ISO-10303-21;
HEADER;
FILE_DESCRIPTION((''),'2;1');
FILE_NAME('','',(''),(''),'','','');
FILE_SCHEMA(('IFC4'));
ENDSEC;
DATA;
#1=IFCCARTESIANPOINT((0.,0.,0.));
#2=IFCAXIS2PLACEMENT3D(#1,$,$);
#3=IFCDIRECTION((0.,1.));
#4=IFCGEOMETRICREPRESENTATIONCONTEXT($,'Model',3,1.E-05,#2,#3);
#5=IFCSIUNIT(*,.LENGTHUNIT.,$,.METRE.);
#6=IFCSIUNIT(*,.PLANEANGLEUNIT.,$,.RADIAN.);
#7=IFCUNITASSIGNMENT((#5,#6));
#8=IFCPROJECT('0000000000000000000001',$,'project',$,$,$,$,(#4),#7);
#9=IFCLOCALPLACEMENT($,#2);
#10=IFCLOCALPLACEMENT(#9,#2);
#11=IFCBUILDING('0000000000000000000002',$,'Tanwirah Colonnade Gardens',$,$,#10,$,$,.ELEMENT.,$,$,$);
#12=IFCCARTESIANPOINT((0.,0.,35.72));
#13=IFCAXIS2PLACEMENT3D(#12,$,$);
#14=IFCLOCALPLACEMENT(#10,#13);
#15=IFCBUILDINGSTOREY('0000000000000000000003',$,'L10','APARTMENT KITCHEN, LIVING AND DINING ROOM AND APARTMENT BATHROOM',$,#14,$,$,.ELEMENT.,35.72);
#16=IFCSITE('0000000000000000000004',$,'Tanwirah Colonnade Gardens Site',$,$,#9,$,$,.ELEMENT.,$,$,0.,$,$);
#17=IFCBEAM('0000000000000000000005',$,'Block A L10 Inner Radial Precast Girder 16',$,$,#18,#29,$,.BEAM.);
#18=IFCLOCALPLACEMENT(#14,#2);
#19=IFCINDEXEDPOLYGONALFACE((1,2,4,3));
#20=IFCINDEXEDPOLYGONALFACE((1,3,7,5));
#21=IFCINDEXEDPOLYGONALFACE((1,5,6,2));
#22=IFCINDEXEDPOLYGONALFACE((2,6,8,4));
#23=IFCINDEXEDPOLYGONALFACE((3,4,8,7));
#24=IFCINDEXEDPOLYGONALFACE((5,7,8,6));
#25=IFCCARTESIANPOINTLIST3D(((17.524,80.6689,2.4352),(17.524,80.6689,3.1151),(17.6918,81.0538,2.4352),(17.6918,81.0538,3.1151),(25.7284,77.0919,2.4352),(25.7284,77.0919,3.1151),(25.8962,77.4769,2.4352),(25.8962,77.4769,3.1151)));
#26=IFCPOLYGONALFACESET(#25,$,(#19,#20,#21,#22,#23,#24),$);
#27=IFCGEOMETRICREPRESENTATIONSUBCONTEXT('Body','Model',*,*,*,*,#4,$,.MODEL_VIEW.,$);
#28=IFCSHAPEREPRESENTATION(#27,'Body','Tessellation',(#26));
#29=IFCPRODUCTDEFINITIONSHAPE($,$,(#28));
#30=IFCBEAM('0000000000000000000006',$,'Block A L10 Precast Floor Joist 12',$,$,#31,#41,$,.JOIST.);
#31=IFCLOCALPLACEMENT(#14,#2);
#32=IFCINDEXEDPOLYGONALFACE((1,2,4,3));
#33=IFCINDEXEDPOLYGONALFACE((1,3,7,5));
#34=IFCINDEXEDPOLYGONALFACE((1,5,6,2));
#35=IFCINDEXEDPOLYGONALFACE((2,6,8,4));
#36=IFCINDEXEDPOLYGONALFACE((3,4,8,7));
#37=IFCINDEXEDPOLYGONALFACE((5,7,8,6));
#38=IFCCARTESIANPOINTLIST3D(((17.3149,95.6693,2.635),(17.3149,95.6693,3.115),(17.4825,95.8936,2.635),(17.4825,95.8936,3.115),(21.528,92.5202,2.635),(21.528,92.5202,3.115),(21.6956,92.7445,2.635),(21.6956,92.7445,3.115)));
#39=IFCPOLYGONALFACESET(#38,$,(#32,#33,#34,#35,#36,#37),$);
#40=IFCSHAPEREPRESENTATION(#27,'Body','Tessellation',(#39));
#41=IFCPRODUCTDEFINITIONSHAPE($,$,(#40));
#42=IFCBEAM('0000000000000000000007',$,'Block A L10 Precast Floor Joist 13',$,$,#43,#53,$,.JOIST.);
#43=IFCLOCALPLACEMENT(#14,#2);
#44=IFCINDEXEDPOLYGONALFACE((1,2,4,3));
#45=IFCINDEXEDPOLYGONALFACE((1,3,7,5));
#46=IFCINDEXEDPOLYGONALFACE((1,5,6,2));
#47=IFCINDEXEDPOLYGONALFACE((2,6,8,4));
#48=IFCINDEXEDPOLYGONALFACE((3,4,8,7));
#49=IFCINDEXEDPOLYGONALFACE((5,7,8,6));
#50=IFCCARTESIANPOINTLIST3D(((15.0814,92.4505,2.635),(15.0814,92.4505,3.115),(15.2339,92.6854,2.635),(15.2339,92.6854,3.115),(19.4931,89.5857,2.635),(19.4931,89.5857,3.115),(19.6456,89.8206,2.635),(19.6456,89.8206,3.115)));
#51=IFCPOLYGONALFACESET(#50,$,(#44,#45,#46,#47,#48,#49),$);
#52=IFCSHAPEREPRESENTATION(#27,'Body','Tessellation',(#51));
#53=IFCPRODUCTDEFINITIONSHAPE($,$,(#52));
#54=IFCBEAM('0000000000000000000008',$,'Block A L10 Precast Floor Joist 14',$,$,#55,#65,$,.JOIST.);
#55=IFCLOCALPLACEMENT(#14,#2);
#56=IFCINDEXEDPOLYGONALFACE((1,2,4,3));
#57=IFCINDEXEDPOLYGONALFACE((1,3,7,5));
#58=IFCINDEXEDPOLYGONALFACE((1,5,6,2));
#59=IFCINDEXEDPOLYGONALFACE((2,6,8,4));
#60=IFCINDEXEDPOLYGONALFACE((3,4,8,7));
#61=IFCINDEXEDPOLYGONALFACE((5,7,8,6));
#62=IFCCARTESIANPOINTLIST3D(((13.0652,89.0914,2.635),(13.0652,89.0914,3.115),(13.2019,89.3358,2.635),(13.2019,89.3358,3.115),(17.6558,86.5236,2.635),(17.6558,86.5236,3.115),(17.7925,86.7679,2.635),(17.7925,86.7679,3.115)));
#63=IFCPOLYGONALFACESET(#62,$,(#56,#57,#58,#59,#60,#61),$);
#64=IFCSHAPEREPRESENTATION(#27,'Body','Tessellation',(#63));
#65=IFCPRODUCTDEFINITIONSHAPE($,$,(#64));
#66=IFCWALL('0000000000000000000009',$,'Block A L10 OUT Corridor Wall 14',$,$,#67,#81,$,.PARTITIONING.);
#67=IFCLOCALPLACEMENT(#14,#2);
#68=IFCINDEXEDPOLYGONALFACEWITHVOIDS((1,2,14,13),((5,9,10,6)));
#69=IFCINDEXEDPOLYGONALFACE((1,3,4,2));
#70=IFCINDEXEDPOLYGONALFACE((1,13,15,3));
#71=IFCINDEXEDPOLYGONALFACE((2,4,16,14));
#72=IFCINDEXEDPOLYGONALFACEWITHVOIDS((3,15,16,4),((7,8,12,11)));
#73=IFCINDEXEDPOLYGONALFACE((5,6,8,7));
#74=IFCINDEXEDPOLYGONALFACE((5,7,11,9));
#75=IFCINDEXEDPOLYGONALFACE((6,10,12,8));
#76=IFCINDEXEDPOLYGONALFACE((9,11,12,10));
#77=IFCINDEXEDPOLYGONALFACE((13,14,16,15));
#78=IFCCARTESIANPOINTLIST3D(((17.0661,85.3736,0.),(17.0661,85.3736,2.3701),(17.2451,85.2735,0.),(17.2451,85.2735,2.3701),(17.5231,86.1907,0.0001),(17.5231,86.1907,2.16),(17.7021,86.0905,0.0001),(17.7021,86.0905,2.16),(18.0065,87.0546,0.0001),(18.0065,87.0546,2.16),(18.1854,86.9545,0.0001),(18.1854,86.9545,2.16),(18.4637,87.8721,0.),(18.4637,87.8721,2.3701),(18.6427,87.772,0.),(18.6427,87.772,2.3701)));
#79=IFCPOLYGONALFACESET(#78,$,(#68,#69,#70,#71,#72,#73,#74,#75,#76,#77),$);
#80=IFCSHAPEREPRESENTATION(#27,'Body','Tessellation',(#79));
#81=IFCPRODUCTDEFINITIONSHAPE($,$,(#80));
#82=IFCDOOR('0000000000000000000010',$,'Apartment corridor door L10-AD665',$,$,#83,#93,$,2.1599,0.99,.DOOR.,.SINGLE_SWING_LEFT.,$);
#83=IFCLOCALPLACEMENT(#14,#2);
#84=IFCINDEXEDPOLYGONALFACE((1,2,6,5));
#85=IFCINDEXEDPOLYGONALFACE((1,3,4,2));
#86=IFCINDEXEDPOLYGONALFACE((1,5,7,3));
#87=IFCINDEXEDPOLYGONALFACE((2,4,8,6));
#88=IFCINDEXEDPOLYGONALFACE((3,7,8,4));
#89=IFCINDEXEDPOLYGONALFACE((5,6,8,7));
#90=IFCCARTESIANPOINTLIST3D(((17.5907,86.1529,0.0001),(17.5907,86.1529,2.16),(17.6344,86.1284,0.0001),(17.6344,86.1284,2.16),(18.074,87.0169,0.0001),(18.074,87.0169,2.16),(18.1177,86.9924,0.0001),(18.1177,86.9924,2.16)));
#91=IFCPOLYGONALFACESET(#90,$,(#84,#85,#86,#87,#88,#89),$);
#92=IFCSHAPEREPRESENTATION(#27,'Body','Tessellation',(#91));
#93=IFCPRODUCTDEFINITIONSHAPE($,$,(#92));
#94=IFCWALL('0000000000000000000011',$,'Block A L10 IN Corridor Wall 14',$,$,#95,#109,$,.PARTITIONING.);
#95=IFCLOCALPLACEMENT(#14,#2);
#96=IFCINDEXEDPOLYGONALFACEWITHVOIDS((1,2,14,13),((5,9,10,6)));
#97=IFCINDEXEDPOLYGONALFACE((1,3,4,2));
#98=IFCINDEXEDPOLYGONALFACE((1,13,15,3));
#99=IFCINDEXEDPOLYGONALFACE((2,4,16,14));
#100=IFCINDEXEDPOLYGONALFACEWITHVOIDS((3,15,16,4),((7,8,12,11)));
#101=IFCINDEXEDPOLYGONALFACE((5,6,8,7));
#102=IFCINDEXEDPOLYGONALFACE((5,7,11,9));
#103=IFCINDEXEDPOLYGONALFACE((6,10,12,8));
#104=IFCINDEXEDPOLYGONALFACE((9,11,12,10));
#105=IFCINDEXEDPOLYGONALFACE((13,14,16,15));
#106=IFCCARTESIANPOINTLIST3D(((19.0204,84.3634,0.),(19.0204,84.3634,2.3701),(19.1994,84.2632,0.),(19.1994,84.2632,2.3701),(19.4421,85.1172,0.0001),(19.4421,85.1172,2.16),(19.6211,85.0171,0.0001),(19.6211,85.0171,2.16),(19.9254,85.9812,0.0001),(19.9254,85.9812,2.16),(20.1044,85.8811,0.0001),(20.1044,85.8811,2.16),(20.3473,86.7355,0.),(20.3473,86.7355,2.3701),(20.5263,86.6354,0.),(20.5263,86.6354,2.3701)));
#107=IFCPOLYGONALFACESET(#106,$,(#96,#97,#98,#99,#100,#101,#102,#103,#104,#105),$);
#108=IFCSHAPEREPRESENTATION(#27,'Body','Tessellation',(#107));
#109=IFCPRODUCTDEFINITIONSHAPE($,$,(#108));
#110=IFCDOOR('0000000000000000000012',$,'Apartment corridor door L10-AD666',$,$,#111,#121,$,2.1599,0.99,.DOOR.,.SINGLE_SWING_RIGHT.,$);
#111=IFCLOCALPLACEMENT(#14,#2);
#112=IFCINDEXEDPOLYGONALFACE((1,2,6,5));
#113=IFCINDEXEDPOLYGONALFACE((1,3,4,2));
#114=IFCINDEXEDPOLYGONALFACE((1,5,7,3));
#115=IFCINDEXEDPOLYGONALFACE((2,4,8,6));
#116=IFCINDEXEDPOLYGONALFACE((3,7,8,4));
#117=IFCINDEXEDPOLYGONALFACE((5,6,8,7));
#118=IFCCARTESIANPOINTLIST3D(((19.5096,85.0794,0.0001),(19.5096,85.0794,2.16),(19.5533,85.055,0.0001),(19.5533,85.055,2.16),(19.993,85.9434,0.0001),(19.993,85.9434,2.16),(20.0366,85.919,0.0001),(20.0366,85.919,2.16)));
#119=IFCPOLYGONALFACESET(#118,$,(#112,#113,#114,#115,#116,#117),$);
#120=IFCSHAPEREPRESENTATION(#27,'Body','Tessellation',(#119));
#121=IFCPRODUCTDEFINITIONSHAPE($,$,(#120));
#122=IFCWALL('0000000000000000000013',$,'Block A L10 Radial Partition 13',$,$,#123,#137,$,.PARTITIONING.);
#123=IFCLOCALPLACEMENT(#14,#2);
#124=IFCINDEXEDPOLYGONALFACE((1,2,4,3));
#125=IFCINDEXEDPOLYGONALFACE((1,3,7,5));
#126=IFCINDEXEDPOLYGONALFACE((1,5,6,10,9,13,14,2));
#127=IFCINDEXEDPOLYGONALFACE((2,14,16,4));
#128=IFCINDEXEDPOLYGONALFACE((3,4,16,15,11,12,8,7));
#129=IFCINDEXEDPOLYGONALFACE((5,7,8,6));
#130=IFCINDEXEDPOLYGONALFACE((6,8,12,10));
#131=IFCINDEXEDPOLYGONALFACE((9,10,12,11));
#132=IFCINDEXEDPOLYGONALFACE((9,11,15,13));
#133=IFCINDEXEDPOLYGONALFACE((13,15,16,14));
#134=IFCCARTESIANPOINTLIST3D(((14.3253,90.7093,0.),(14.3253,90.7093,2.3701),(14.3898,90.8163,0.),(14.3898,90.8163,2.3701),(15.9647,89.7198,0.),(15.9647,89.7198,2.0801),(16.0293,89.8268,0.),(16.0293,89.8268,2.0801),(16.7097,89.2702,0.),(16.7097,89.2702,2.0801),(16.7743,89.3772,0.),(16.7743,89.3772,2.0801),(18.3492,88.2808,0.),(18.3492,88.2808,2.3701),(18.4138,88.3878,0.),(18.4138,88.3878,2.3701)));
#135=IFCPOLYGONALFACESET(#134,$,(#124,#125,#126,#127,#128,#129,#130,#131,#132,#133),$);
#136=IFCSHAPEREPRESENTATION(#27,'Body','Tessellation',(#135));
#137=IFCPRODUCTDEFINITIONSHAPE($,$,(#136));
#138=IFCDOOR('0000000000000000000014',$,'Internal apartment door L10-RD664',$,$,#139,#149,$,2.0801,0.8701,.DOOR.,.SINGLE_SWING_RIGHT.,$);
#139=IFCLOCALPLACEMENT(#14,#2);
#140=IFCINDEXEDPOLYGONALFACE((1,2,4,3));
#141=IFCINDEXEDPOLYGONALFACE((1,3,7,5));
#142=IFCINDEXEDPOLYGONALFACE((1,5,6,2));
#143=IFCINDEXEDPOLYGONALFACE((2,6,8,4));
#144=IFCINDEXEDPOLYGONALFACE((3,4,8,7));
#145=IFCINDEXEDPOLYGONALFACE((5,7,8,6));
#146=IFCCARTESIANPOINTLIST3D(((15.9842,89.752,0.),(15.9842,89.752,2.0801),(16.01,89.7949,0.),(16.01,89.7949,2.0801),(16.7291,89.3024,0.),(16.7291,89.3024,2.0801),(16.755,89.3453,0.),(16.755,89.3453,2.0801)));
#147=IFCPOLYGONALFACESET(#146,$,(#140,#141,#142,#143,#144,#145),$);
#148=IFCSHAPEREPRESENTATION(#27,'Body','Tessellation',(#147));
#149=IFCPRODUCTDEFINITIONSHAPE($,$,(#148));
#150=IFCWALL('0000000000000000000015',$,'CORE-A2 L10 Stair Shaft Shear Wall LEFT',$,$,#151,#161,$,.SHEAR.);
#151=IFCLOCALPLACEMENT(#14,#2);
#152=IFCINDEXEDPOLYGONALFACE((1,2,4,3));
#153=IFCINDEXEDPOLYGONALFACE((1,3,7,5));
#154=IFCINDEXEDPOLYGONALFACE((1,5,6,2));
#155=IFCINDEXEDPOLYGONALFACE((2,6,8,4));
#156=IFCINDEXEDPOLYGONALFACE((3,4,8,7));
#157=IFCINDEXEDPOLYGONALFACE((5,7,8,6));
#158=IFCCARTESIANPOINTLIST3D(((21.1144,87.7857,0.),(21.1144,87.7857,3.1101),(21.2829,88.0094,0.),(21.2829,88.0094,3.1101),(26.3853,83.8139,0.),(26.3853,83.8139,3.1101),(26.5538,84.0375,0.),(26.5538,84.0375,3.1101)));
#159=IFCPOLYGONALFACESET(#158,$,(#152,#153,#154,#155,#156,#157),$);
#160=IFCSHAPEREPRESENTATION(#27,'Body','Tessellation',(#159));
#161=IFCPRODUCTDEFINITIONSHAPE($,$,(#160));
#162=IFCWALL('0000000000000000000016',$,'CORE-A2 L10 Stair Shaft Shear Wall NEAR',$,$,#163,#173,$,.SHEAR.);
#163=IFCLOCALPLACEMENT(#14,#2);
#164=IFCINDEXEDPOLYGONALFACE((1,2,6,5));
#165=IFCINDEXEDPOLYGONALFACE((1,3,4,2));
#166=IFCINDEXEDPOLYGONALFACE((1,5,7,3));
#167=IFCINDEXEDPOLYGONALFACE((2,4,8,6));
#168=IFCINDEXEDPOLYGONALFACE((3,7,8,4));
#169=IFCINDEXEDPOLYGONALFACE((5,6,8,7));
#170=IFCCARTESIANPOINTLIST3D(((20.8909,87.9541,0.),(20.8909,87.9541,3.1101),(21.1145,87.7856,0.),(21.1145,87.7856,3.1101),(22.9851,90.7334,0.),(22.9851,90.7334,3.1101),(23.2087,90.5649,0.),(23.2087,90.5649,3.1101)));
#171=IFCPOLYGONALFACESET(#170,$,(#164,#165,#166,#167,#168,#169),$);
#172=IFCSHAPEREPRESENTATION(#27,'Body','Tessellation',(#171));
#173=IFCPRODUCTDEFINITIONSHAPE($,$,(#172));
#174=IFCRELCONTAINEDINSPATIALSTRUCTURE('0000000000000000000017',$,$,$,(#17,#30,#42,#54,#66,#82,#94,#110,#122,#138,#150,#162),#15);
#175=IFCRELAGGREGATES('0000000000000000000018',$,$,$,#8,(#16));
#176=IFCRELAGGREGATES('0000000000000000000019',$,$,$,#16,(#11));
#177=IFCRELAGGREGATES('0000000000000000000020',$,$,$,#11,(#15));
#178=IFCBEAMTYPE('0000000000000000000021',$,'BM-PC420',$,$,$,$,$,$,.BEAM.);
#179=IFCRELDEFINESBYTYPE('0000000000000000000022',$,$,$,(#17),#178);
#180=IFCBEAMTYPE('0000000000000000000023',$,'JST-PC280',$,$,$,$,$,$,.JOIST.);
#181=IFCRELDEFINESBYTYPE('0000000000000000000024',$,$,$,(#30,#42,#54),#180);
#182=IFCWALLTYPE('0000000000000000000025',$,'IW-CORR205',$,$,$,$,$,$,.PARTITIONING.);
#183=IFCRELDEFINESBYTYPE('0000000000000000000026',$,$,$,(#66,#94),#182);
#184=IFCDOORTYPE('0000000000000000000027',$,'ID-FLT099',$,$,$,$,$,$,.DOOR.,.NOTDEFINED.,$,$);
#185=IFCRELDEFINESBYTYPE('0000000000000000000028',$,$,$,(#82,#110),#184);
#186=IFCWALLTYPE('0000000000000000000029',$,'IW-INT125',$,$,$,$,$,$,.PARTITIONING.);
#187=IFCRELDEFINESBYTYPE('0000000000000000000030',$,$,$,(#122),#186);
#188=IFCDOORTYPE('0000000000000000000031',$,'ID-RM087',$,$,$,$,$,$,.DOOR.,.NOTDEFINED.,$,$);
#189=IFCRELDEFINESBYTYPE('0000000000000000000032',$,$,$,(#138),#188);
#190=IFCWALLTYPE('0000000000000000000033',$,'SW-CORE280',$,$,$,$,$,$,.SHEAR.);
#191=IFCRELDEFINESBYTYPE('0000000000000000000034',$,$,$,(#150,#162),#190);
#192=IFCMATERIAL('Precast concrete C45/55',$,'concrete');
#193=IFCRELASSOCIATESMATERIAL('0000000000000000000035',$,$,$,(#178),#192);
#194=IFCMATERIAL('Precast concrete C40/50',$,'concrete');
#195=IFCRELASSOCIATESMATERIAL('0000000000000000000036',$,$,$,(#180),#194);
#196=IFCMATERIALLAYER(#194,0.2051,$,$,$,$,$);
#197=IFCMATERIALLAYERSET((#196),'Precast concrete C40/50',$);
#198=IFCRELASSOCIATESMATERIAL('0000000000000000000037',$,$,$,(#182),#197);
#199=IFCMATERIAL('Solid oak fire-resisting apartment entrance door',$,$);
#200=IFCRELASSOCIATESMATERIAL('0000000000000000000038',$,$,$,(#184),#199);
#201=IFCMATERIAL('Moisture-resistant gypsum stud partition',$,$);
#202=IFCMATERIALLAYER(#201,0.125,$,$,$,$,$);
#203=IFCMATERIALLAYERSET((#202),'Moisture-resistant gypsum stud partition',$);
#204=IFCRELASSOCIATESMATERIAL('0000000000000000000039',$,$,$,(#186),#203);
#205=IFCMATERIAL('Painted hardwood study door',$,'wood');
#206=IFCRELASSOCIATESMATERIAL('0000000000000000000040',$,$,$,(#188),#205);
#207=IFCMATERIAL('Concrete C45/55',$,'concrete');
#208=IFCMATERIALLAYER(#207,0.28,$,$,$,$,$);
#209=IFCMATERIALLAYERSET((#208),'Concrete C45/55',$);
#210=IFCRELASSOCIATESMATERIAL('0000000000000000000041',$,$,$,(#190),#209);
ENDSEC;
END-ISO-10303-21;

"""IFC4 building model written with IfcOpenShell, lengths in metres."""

from ifc_helpers import new_model, si_unit, direction, frame, frame_2d, origin, origin_2d, place, context, subcontext, project, spatial, rectangle, extrude, material, layer, layer_set, material_profile, profile_set, type_object, element, fill, save


model = new_model("IFC4")

# Units and contexts
model_context = context("Model", 3, precision=1e-05, world=origin(), true_north=direction((0.0, 1.0)))
body_context = subcontext(model_context, "Body", "Model", "MODEL_VIEW")
ifc_project = project(units=[si_unit("LENGTHUNIT", "METRE"), si_unit("PLANEANGLEUNIT", "RADIAN")], contexts=[model_context])

# Site, building, storey
site_placement = place(None, origin())
site = spatial("IfcSite", under=ifc_project, at=site_placement, Name="Tanwirah Colonnade Gardens Site", CompositionType="ELEMENT", RefElevation=0.0)
building_placement = place(site_placement, origin())
building = spatial("IfcBuilding", under=site, at=building_placement, Name="Tanwirah Colonnade Gardens", CompositionType="ELEMENT")
storey_placement = place(building_placement, frame((0.0, 0.0, 35.72)))
storey = spatial("IfcBuildingStorey", under=building, at=storey_placement, Name="L10", Description="APARTMENT KITCHEN, LIVING AND DINING ROOM AND APARTMENT BATHROOM", CompositionType="ELEMENT", Elevation=35.72)

# Shared definitions
ifc_material_1 = material(Name="Precast concrete C40/50", Category="concrete")

# Beams
ifc_material_2 = material(Name="Precast concrete C45/55", Category="concrete")
ifc_material_profile_1 = material_profile(ifc_material_2, rectangle(XDim=0.4199, YDim=0.6799, at=origin_2d()), Name="PC-BM 420x680")
ifc_profile_set_1 = profile_set([ifc_material_profile_1], Name="Precast concrete C45/55")
beam_type_1 = type_object("IfcBeamType", Name="BM-PC420", PredefinedType="BEAM", material=ifc_profile_set_1)
beam_1_placement = place(storey_placement, frame((17.6079, 80.8613, 2.7751), z_axis=(0.916669, -0.399647, 0.0), x_axis=(0.399647, 0.916669, 0.0)))
element("IfcBeam", 1, at=beam_1_placement, inside=storey, type_object=beam_type_1, Name="Block A L10 Inner Radial Precast Girder 16", PredefinedType="BEAM", context=body_context, shape_type="SweptSolid", body=[
    extrude(rectangle(XDim=0.4199, YDim=0.6799, at=origin_2d()), origin(), (0.0, 0.0, 1.0), 8.9502),
])
ifc_material_profile_2 = material_profile(ifc_material_1, rectangle(XDim=0.28, YDim=0.48, at=origin_2d()), Name="PC-JST 280x480")
ifc_profile_set_2 = profile_set([ifc_material_profile_2], Name="Precast concrete C40/50")
beam_type_2 = type_object("IfcBeamType", Name="JST-PC280", PredefinedType="JOIST", material=ifc_profile_set_2)
beam_2_placement = place(storey_placement, frame((21.6118, 92.6323, 2.875), z_axis=(-0.800974, 0.5987, 0.0), x_axis=(-0.5987, -0.800974, 0.0)))
element("IfcBeam", 2, at=beam_2_placement, inside=storey, type_object=beam_type_2, Name="Block A L10 Precast Floor Joist 12", PredefinedType="JOIST", context=body_context, shape_type="SweptSolid", body=[
    extrude(rectangle(XDim=0.28, YDim=0.48, at=origin_2d()), origin(), (0.0, 0.0, 1.0), 5.26),
])
beam_3_placement = place(storey_placement, frame((19.5693, 89.7031, 2.875), z_axis=(-0.838687, 0.544613, 0.0), x_axis=(-0.544613, -0.838687, 0.0)))
element("IfcBeam", 3, at=beam_3_placement, inside=storey, type_object=beam_type_2, Name="Block A L10 Precast Floor Joist 13", PredefinedType="JOIST", context=body_context, shape_type="SweptSolid", body=[
    extrude(rectangle(XDim=0.28, YDim=0.48, at=origin_2d()), origin(), (0.0, 0.0, 1.0), 5.2603),
])
beam_4_placement = place(storey_placement, frame((17.7241, 86.6458, 2.875), z_axis=(-0.872737, 0.488191, 0.0), x_axis=(-0.488191, -0.872737, 0.0)))
element("IfcBeam", 4, at=beam_4_placement, inside=storey, type_object=beam_type_2, Name="Block A L10 Precast Floor Joist 14", PredefinedType="JOIST", context=body_context, shape_type="SweptSolid", body=[
    extrude(rectangle(XDim=0.28, YDim=0.48, at=origin_2d()), origin(), (0.0, 0.0, 1.0), 5.26),
])

# Walls, openings, doors
ifc_layer_1 = layer(ifc_material_1, 0.2051)
ifc_layer_set_1 = layer_set([ifc_layer_1], Name="Precast concrete C40/50")
wall_type_1 = type_object("IfcWallType", Name="IW-CORR205", PredefinedType="PARTITIONING", material=ifc_layer_set_1)
ifc_material_3 = material(Name="Solid oak fire-resisting apartment entrance door")
wall_1_placement = place(storey_placement, frame((18.5532, 87.822, 0.0), z_axis=(0.0, 0.0, 1.0), x_axis=(-0.488211, -0.872726, 0.0)))
wall_1 = element("IfcWall", 5, at=wall_1_placement, inside=storey, type_object=wall_type_1, Name="Block A L10 OUT Corridor Wall 14", PredefinedType="PARTITIONING", context=body_context, shape_type="SweptSolid", body=[
    extrude(rectangle(XDim=2.8628, YDim=0.2051, at=frame_2d((1.4314, 0.0))), origin(), (0.0, 0.0, 1.0), 2.3701),
])
opening_1_placement = place(wall_1_placement, frame((0.9365, 0.0, 0.0)))
opening_1 = element("IfcOpeningElement", 6, at=opening_1_placement, cuts=wall_1, PredefinedType="OPENING", context=body_context, shape_type="SweptSolid", body=[
    extrude(rectangle(XDim=0.99, YDim=2.1599, at=frame_2d((0.4951, 1.0801))), frame((0.0, 0.1125, 0.0), z_axis=(0.0, -1.0, 0.0), x_axis=(1.0, 0.0, 0.0)), (0.0, 0.0, 1.0), 0.2251),
])
door_type_1 = type_object("IfcDoorType", Name="ID-FLT099", OperationType="NOTDEFINED", PredefinedType="DOOR", material=ifc_material_3)
door_1_placement = place(opening_1_placement, origin())
door_1 = element("IfcDoor", 7, at=door_1_placement, inside=storey, type_object=door_type_1, Name="Apartment corridor door L10-AD665", OperationType="SINGLE_SWING_LEFT", OverallHeight=2.1599, OverallWidth=0.99, PredefinedType="DOOR", context=body_context, shape_type="SweptSolid", body=[
    extrude(rectangle(XDim=0.99, YDim=2.1599, at=frame_2d((0.4951, 1.0801))), frame((0.0, 0.0249, 0.0), z_axis=(0.0, -1.0, 0.0), x_axis=(1.0, 0.0, 0.0)), (0.0, 0.0, 1.0), 0.05),
])
fill(opening_1, door_1)
wall_2_placement = place(storey_placement, frame((20.4368, 86.6853, 0.0), z_axis=(0.0, 0.0, 1.0), x_axis=(-0.488196, -0.872734, 0.0)))
wall_2 = element("IfcWall", 8, at=wall_2_placement, inside=storey, type_object=wall_type_1, Name="Block A L10 IN Corridor Wall 14", PredefinedType="PARTITIONING", context=body_context, shape_type="SweptSolid", body=[
    extrude(rectangle(XDim=2.718, YDim=0.2051, at=frame_2d((1.3589, 0.0))), origin(), (0.0, 0.0, 1.0), 2.3701),
])
opening_2_placement = place(wall_2_placement, frame((0.864, 0.0, 0.0)))
opening_2 = element("IfcOpeningElement", 9, at=opening_2_placement, cuts=wall_2, PredefinedType="OPENING", context=body_context, shape_type="SweptSolid", body=[
    extrude(rectangle(XDim=0.99, YDim=2.1599, at=frame_2d((0.4951, 1.0801))), frame((0.0, 0.1125, 0.0), z_axis=(0.0, -1.0, 0.0), x_axis=(1.0, 0.0, 0.0)), (0.0, 0.0, 1.0), 0.2251),
])
door_2_placement = place(opening_2_placement, origin())
door_2 = element("IfcDoor", 10, at=door_2_placement, inside=storey, type_object=door_type_1, Name="Apartment corridor door L10-AD666", OperationType="SINGLE_SWING_RIGHT", OverallHeight=2.1599, OverallWidth=0.99, PredefinedType="DOOR", context=body_context, shape_type="SweptSolid", body=[
    extrude(rectangle(XDim=0.99, YDim=2.1599, at=frame_2d((0.4951, 1.0801))), frame((0.0, 0.0249, 0.0), z_axis=(0.0, -1.0, 0.0), x_axis=(1.0, 0.0, 0.0)), (0.0, 0.0, 1.0), 0.05),
])
fill(opening_2, door_2)
ifc_material_4 = material(Name="Moisture-resistant gypsum stud partition")
ifc_layer_2 = layer(ifc_material_4, 0.125)
ifc_layer_set_2 = layer_set([ifc_layer_2], Name="Moisture-resistant gypsum stud partition")
wall_type_2 = type_object("IfcWallType", Name="IW-INT125", PredefinedType="PARTITIONING", material=ifc_layer_set_2)
wall_3_placement = place(storey_placement, frame((18.3816, 88.3342, 0.0), z_axis=(0.0, 0.0, 1.0), x_axis=(-0.856165, 0.516702, 0.0)))
wall_3 = element("IfcWall", 11, at=wall_3_placement, inside=storey, type_object=wall_type_2, Name="Block A L10 Radial Partition 13", PredefinedType="PARTITIONING", context=body_context, shape_type="SweptSolid", body=[
    extrude(rectangle(XDim=4.7, YDim=0.125, at=frame_2d((2.3501, 0.0))), origin(), (0.0, 0.0, 1.0), 2.3701),
])
opening_3_placement = place(wall_3_placement, frame((1.915, 0.0, 0.0)))
opening_3 = element("IfcOpeningElement", 12, at=opening_3_placement, cuts=wall_3, PredefinedType="OPENING", context=body_context, shape_type="SweptSolid", body=[
    extrude(rectangle(XDim=0.8701, YDim=2.0801, at=frame_2d((0.4351, 1.04))), frame((0.0, 0.0725, 0.0), z_axis=(0.0, -1.0, 0.0), x_axis=(1.0, 0.0, 0.0)), (0.0, 0.0, 1.0), 0.145),
])
ifc_material_5 = material(Name="Painted hardwood study door", Category="wood")
door_type_2 = type_object("IfcDoorType", Name="ID-RM087", OperationType="NOTDEFINED", PredefinedType="DOOR", material=ifc_material_5)
door_3_placement = place(opening_3_placement, origin())
door_3 = element("IfcDoor", 13, at=door_3_placement, inside=storey, type_object=door_type_2, Name="Internal apartment door L10-RD664", OperationType="SINGLE_SWING_RIGHT", OverallHeight=2.0801, OverallWidth=0.8701, PredefinedType="DOOR", context=body_context, shape_type="SweptSolid", body=[
    extrude(rectangle(XDim=0.8701, YDim=2.0801, at=frame_2d((0.4351, 1.04))), frame((0.0, 0.0249, 0.0), z_axis=(0.0, -1.0, 0.0), x_axis=(1.0, 0.0, 0.0)), (0.0, 0.0, 1.0), 0.05),
])
fill(opening_3, door_3)

# Walls
ifc_material_6 = material(Name="Concrete C45/55", Category="concrete")
ifc_layer_3 = layer(ifc_material_6, 0.28)
ifc_layer_set_3 = layer_set([ifc_layer_3], Name="Concrete C45/55")
wall_type_3 = type_object("IfcWallType", Name="SW-CORE280", PredefinedType="SHEAR", material=ifc_layer_set_3)
wall_4_placement = place(storey_placement, frame((21.1987, 87.8975, 0.0), z_axis=(0.0, 0.0, 1.0), x_axis=(0.79864, -0.60181, 0.0)))
element("IfcWall", 14, at=wall_4_placement, inside=storey, type_object=wall_type_3, Name="CORE-A2 L10 Stair Shaft Shear Wall LEFT", PredefinedType="SHEAR", context=body_context, shape_type="SweptSolid", body=[
    extrude(rectangle(XDim=6.5999, YDim=0.28, at=frame_2d((3.2998, 0.0))), origin(), (0.0, 0.0, 1.0), 3.1101),
])
wall_5_placement = place(storey_placement, frame((21.0027, 87.8699, 0.0), z_axis=(0.0, 0.0, 1.0), x_axis=(0.601794, 0.798651, 0.0)))
element("IfcWall", 15, at=wall_5_placement, inside=storey, type_object=wall_type_3, Name="CORE-A2 L10 Stair Shaft Shear Wall NEAR", PredefinedType="SHEAR", context=body_context, shape_type="SweptSolid", body=[
    extrude(rectangle(XDim=3.48, YDim=0.28, at=frame_2d((1.74, 0.0))), origin(), (0.0, 0.0, 1.0), 3.1101),
])

save(model, "model.ifc")
